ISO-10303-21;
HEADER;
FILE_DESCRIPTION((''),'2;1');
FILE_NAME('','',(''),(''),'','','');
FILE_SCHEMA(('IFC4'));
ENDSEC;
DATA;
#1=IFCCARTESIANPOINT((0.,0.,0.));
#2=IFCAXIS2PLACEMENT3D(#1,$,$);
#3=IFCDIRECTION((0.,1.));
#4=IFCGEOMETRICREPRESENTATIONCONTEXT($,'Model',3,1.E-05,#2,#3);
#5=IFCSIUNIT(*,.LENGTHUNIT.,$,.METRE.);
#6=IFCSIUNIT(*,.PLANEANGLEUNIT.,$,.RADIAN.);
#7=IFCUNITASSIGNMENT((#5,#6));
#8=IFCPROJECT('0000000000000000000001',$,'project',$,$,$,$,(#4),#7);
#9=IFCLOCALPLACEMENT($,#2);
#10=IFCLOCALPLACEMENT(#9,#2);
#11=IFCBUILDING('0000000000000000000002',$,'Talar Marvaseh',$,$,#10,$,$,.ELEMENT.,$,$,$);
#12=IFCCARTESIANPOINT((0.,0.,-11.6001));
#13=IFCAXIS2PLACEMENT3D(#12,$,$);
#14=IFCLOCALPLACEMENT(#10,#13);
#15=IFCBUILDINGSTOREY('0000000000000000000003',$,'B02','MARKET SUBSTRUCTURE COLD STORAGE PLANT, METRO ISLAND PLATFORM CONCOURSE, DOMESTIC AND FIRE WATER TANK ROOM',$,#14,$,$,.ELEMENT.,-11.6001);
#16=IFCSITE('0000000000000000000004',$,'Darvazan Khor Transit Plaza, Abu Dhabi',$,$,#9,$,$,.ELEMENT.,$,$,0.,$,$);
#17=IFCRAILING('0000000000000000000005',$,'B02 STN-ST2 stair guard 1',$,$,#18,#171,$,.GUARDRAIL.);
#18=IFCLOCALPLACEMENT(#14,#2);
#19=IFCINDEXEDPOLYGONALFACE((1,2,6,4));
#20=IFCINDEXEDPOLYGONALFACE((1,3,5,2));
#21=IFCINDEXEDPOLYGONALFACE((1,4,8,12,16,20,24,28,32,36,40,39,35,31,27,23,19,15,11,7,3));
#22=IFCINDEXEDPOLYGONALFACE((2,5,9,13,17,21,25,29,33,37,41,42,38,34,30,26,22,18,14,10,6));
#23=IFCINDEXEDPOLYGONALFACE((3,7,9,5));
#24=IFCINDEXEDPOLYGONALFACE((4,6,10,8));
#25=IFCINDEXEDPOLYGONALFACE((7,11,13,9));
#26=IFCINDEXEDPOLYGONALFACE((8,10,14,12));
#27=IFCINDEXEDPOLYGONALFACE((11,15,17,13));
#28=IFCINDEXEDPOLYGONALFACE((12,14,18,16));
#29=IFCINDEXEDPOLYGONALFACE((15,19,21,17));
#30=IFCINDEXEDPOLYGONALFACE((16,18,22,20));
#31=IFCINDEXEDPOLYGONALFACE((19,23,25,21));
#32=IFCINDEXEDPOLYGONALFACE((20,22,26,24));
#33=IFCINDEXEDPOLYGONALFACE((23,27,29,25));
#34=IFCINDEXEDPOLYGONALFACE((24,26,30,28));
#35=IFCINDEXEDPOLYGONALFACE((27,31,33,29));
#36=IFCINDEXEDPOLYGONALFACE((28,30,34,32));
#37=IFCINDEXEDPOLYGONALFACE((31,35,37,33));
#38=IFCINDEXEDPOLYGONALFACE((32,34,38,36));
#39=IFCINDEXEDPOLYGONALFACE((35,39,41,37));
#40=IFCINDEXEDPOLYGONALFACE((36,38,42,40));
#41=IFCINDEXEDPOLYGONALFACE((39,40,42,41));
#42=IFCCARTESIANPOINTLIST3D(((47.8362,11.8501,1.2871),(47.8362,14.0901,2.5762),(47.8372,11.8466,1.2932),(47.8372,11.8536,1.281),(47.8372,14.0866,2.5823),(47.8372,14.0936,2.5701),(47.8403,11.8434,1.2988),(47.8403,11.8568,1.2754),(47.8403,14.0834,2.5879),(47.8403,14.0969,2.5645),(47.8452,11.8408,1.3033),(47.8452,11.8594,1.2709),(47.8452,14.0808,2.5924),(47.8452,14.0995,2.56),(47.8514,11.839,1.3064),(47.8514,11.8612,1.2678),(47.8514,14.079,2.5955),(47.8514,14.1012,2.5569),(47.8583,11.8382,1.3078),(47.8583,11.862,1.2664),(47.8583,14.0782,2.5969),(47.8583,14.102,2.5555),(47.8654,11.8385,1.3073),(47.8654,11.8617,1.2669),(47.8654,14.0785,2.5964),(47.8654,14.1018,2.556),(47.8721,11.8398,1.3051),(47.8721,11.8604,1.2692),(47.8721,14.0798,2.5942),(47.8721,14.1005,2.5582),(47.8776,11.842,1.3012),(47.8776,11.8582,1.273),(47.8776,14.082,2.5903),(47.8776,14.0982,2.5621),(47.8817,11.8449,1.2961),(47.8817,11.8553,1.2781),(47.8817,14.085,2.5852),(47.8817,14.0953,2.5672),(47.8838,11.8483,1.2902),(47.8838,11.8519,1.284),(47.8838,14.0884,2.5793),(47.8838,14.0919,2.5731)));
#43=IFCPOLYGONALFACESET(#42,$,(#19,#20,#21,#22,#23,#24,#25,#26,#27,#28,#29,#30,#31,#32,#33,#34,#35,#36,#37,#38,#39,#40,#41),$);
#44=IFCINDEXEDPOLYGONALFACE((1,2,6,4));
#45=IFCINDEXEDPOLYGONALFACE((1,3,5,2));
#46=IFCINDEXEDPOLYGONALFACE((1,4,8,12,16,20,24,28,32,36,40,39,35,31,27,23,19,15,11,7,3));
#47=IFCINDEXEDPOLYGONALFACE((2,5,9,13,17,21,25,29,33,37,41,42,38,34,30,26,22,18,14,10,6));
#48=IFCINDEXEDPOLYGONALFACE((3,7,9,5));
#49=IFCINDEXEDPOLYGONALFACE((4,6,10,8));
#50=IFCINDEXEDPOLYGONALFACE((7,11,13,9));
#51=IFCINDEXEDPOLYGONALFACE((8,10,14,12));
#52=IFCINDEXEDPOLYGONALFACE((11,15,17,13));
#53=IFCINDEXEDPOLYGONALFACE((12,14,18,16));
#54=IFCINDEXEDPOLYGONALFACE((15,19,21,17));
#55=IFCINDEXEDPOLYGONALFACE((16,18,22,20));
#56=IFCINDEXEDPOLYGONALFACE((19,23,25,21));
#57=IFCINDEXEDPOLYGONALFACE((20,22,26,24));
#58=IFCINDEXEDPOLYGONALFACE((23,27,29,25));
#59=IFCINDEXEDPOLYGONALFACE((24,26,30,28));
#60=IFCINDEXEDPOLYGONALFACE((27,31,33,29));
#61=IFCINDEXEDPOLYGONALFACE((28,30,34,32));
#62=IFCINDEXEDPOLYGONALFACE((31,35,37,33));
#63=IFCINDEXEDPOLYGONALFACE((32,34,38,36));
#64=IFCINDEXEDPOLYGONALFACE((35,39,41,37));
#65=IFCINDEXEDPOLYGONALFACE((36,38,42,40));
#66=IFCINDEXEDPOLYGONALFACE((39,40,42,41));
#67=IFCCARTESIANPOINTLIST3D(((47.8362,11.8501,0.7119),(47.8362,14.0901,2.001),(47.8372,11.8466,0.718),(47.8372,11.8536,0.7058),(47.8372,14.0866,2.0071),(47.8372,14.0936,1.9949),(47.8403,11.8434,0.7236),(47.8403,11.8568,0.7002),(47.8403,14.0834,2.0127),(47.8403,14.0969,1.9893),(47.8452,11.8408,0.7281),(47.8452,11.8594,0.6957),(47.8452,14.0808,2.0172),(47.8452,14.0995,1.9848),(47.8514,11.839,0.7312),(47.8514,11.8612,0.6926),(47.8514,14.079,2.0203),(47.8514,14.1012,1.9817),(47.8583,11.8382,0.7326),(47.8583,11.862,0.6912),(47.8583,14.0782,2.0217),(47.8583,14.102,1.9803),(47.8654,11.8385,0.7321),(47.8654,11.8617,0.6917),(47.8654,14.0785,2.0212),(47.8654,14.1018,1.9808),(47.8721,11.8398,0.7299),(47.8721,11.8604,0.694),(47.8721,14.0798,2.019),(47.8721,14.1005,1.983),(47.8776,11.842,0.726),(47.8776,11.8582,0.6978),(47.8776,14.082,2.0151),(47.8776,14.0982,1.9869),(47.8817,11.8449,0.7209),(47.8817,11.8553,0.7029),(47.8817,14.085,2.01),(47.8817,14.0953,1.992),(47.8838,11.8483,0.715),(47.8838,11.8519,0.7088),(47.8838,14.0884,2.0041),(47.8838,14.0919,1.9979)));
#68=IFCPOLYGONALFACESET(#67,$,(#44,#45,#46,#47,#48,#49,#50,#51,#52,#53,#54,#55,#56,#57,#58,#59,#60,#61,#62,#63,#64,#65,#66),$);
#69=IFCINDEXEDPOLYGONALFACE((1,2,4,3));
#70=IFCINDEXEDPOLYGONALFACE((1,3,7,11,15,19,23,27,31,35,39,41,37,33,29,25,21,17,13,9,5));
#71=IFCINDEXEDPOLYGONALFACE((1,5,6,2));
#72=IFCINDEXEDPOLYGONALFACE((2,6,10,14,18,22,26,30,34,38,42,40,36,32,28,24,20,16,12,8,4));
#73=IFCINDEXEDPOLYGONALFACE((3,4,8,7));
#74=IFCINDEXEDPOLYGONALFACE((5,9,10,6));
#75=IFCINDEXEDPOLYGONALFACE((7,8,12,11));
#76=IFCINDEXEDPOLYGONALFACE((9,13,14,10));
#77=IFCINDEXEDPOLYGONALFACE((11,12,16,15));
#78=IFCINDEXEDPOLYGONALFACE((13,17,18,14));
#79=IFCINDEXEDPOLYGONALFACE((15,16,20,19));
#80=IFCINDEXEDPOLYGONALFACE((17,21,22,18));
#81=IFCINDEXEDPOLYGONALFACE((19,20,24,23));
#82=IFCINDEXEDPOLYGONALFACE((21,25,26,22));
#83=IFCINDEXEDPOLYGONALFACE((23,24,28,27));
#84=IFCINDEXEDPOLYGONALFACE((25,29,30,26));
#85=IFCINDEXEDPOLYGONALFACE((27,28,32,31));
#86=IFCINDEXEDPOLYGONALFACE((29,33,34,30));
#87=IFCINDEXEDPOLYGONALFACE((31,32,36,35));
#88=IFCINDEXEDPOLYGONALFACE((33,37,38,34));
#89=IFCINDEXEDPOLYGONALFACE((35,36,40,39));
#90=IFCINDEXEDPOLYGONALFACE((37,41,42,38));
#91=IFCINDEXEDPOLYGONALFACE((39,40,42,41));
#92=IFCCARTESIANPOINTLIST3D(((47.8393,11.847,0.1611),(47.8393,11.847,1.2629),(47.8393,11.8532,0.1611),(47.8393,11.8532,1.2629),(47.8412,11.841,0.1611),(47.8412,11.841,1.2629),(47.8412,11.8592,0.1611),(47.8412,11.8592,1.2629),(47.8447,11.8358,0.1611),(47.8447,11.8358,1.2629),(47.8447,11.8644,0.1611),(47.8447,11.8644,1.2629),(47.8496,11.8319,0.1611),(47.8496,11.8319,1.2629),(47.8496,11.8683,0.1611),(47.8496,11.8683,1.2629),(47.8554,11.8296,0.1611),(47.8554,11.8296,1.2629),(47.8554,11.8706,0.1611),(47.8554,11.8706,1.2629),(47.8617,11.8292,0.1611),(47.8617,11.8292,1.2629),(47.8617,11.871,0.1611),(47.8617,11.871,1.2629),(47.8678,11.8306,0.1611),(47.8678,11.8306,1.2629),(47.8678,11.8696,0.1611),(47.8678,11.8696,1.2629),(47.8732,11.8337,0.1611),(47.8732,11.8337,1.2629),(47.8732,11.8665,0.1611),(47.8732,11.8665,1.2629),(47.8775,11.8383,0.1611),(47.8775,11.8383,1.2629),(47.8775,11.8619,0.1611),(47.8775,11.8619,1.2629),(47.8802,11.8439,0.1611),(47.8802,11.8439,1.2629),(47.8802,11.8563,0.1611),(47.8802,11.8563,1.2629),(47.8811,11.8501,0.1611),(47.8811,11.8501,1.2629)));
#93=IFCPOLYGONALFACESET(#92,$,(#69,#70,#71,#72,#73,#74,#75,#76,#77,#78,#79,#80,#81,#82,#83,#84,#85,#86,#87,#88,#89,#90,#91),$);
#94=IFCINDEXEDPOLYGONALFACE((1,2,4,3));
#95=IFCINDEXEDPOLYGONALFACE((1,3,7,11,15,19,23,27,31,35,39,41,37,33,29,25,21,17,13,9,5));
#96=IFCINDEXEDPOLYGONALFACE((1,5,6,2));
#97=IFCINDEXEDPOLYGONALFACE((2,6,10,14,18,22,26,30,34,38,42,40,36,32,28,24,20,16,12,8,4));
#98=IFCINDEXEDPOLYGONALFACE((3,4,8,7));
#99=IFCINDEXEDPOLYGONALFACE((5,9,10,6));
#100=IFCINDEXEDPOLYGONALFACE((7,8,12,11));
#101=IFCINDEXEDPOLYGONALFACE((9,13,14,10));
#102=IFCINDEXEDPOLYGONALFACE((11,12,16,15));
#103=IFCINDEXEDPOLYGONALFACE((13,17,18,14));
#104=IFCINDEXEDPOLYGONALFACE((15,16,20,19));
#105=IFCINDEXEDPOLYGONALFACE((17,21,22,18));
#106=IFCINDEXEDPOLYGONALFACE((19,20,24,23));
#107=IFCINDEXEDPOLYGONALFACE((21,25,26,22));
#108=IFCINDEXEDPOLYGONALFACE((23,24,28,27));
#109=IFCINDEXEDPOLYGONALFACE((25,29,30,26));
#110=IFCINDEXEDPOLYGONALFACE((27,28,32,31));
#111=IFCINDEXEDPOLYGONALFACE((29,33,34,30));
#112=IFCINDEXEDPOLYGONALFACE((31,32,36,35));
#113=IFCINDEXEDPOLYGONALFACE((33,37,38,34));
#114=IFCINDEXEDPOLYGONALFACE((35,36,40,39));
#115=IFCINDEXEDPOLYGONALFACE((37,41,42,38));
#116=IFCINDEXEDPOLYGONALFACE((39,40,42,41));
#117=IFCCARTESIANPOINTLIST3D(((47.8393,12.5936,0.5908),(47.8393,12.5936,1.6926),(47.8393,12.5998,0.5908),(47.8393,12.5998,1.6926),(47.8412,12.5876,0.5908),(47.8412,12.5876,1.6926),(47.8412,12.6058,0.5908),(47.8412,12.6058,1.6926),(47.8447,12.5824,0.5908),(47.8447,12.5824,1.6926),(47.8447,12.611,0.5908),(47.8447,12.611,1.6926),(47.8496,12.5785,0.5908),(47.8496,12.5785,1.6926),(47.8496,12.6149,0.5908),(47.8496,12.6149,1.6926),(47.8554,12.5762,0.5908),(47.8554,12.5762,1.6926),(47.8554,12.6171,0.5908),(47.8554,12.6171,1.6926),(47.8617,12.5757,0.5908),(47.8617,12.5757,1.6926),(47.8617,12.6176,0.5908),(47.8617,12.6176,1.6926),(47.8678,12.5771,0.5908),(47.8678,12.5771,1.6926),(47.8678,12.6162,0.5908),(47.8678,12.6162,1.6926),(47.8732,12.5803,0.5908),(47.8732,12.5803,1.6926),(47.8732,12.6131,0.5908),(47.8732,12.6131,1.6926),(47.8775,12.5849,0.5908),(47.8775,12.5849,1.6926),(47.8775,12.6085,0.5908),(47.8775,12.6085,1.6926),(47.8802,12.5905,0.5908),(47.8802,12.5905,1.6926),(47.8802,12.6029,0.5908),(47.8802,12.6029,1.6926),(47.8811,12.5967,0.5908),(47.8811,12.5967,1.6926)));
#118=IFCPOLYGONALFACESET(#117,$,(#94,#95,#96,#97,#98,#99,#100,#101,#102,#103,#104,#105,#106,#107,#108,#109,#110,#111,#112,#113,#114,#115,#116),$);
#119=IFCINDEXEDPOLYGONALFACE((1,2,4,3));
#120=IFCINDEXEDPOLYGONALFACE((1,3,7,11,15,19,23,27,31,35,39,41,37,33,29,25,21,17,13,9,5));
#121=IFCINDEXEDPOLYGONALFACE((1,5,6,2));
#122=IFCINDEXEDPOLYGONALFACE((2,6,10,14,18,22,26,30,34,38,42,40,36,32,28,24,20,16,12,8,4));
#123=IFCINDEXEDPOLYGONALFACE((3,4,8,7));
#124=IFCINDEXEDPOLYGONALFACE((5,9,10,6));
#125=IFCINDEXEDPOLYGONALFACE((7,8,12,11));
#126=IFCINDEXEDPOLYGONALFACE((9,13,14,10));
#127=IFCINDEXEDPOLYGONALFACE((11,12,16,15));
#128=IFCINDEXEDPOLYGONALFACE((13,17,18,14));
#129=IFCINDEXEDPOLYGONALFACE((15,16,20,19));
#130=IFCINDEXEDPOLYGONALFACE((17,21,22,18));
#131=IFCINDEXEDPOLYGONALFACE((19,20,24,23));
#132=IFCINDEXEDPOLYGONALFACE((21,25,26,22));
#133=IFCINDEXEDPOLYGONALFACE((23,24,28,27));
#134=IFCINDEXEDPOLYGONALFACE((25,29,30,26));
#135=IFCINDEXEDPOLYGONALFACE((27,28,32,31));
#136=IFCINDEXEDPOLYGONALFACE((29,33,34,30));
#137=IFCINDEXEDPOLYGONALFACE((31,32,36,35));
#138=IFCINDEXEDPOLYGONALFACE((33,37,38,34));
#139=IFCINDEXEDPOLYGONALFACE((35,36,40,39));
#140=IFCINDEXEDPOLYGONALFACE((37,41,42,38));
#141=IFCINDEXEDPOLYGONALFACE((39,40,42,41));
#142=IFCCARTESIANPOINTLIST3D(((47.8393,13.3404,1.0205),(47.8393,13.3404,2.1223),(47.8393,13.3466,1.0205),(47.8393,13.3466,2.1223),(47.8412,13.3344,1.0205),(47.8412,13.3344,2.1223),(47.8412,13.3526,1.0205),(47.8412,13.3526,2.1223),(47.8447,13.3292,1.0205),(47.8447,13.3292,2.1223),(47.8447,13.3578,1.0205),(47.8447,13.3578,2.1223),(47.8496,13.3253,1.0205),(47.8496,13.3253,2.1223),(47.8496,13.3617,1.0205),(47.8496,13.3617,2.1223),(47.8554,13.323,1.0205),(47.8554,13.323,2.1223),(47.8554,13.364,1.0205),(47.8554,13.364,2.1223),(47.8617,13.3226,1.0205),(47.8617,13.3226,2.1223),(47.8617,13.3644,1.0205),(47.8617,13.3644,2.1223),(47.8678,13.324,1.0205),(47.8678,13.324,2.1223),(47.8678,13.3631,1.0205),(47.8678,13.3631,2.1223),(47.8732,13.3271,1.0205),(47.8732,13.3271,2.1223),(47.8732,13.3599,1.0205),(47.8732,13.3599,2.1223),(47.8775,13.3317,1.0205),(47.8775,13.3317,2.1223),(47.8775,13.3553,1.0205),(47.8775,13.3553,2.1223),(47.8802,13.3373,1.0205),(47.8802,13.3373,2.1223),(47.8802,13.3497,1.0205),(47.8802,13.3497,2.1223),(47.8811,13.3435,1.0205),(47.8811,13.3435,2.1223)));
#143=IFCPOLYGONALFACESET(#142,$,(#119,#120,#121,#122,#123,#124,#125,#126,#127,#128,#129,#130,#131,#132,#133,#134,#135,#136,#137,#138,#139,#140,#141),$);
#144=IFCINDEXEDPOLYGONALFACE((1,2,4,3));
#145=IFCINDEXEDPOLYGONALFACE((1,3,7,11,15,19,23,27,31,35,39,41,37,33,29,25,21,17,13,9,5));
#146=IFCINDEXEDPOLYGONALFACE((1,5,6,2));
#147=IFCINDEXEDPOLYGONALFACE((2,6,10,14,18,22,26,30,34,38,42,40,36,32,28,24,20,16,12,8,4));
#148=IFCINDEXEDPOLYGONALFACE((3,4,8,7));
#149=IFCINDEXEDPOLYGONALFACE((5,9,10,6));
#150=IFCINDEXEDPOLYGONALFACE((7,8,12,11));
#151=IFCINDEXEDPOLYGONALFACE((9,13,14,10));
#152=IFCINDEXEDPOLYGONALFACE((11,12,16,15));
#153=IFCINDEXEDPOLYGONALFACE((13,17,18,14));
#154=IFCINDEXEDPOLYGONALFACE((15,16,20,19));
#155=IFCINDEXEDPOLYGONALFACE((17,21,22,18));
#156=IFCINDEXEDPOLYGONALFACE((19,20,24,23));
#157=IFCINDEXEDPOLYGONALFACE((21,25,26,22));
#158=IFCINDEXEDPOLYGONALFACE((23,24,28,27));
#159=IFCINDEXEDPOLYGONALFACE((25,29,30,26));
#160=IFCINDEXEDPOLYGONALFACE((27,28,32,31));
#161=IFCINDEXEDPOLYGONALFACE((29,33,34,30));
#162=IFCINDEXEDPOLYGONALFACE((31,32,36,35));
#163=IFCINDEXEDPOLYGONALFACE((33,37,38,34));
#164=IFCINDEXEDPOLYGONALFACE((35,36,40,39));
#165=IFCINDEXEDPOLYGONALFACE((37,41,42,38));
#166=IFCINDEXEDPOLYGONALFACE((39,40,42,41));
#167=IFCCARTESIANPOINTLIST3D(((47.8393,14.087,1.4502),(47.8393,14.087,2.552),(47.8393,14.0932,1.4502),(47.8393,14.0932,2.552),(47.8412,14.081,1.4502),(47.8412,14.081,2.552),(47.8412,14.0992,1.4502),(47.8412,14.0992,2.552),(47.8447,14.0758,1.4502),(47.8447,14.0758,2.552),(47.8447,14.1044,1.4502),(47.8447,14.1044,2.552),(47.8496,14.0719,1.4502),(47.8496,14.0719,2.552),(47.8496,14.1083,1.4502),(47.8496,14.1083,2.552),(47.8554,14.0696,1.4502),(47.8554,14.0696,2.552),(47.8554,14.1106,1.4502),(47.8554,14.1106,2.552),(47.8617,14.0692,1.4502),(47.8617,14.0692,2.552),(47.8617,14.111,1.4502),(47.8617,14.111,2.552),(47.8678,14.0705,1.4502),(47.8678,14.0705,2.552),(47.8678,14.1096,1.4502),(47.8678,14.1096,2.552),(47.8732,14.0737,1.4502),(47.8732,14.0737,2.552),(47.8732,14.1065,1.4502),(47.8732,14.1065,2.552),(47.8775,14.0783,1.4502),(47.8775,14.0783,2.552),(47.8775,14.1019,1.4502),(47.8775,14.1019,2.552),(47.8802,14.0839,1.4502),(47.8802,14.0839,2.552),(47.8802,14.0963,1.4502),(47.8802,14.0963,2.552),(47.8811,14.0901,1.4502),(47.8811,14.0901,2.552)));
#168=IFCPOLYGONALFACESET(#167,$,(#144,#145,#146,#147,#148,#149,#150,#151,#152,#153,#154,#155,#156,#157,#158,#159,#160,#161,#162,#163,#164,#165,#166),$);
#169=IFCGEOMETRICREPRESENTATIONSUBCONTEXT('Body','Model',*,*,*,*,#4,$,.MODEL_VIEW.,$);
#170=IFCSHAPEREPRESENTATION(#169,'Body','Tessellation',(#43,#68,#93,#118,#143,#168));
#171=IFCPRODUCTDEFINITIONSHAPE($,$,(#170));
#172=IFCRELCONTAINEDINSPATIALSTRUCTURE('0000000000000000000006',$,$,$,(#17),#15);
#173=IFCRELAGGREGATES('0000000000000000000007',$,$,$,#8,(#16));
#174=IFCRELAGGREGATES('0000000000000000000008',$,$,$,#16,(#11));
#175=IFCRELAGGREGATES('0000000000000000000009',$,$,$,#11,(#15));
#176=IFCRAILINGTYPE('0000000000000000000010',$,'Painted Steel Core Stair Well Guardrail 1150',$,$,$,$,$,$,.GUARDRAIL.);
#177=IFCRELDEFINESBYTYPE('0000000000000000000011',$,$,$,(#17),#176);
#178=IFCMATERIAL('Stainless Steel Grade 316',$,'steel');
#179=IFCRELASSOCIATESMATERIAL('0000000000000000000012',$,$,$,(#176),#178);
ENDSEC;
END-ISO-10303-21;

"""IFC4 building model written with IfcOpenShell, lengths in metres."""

from ifc_helpers import new_model, si_unit, direction, frame, origin, origin_2d, place, context, subcontext, project, spatial, circle, extrude, material, type_object, element, save


model = new_model("IFC4")

# Units and contexts
model_context = context("Model", 3, precision=1e-05, world=origin(), true_north=direction((0.0, 1.0)))
body_context = subcontext(model_context, "Body", "Model", "MODEL_VIEW")
ifc_project = project(units=[si_unit("LENGTHUNIT", "METRE"), si_unit("PLANEANGLEUNIT", "RADIAN")], contexts=[model_context])

# Site, building, storey
site_placement = place(None, origin())
site = spatial("IfcSite", under=ifc_project, at=site_placement, Name="Darvazan Khor Transit Plaza, Abu Dhabi", CompositionType="ELEMENT", RefElevation=0.0)
building_placement = place(site_placement, origin())
building = spatial("IfcBuilding", under=site, at=building_placement, Name="Talar Marvaseh", CompositionType="ELEMENT")
storey_placement = place(building_placement, frame((0.0, 0.0, -11.6001)))
storey = spatial("IfcBuildingStorey", under=building, at=storey_placement, Name="B02", Description="MARKET SUBSTRUCTURE COLD STORAGE PLANT, METRO ISLAND PLATFORM CONCOURSE, DOMESTIC AND FIRE WATER TANK ROOM", CompositionType="ELEMENT", Elevation=-11.6001)

# Railing
ifc_material_1 = material(Name="Stainless Steel Grade 316", Category="steel")
railing_type_1 = type_object("IfcRailingType", Name="Painted Steel Core Stair Well Guardrail 1150", PredefinedType="GUARDRAIL", material=ifc_material_1)
railing_1_placement = place(storey_placement, frame((47.8601, 11.8501, 0.1611)))
element("IfcRailing", 1, at=railing_1_placement, inside=storey, type_object=railing_type_1, Name="B02 STN-ST2 stair guard 1", PredefinedType="GUARDRAIL", context=body_context, shape_type="SweptSolid", body=[
    extrude(circle(Radius=0.0239, at=origin_2d()), frame((0.0, 0.0, 1.126), z_axis=(0.0, 0.866728, 0.498782), x_axis=(-1.0, 0.0, 0.0)), (0.0, 0.0, 1.0), 2.5845),
    extrude(circle(Radius=0.0239, at=origin_2d()), frame((0.0, 0.0, 0.5508), z_axis=(0.0, 0.866728, 0.498782), x_axis=(-1.0, 0.0, 0.0)), (0.0, 0.0, 1.0), 2.5845),
    extrude(circle(Radius=0.021, at=origin_2d()), origin(), (0.0, 0.0, 1.0), 1.1018),
    extrude(circle(Radius=0.021, at=origin_2d()), frame((0.0, 0.7466, 0.4297)), (0.0, 0.0, 1.0), 1.1018),
    extrude(circle(Radius=0.021, at=origin_2d()), frame((0.0, 1.4934, 0.8594)), (0.0, 0.0, 1.0), 1.1018),
    extrude(circle(Radius=0.021, at=origin_2d()), frame((0.0, 2.24, 1.2891)), (0.0, 0.0, 1.0), 1.1018),
])

save(model, "model.ifc")
